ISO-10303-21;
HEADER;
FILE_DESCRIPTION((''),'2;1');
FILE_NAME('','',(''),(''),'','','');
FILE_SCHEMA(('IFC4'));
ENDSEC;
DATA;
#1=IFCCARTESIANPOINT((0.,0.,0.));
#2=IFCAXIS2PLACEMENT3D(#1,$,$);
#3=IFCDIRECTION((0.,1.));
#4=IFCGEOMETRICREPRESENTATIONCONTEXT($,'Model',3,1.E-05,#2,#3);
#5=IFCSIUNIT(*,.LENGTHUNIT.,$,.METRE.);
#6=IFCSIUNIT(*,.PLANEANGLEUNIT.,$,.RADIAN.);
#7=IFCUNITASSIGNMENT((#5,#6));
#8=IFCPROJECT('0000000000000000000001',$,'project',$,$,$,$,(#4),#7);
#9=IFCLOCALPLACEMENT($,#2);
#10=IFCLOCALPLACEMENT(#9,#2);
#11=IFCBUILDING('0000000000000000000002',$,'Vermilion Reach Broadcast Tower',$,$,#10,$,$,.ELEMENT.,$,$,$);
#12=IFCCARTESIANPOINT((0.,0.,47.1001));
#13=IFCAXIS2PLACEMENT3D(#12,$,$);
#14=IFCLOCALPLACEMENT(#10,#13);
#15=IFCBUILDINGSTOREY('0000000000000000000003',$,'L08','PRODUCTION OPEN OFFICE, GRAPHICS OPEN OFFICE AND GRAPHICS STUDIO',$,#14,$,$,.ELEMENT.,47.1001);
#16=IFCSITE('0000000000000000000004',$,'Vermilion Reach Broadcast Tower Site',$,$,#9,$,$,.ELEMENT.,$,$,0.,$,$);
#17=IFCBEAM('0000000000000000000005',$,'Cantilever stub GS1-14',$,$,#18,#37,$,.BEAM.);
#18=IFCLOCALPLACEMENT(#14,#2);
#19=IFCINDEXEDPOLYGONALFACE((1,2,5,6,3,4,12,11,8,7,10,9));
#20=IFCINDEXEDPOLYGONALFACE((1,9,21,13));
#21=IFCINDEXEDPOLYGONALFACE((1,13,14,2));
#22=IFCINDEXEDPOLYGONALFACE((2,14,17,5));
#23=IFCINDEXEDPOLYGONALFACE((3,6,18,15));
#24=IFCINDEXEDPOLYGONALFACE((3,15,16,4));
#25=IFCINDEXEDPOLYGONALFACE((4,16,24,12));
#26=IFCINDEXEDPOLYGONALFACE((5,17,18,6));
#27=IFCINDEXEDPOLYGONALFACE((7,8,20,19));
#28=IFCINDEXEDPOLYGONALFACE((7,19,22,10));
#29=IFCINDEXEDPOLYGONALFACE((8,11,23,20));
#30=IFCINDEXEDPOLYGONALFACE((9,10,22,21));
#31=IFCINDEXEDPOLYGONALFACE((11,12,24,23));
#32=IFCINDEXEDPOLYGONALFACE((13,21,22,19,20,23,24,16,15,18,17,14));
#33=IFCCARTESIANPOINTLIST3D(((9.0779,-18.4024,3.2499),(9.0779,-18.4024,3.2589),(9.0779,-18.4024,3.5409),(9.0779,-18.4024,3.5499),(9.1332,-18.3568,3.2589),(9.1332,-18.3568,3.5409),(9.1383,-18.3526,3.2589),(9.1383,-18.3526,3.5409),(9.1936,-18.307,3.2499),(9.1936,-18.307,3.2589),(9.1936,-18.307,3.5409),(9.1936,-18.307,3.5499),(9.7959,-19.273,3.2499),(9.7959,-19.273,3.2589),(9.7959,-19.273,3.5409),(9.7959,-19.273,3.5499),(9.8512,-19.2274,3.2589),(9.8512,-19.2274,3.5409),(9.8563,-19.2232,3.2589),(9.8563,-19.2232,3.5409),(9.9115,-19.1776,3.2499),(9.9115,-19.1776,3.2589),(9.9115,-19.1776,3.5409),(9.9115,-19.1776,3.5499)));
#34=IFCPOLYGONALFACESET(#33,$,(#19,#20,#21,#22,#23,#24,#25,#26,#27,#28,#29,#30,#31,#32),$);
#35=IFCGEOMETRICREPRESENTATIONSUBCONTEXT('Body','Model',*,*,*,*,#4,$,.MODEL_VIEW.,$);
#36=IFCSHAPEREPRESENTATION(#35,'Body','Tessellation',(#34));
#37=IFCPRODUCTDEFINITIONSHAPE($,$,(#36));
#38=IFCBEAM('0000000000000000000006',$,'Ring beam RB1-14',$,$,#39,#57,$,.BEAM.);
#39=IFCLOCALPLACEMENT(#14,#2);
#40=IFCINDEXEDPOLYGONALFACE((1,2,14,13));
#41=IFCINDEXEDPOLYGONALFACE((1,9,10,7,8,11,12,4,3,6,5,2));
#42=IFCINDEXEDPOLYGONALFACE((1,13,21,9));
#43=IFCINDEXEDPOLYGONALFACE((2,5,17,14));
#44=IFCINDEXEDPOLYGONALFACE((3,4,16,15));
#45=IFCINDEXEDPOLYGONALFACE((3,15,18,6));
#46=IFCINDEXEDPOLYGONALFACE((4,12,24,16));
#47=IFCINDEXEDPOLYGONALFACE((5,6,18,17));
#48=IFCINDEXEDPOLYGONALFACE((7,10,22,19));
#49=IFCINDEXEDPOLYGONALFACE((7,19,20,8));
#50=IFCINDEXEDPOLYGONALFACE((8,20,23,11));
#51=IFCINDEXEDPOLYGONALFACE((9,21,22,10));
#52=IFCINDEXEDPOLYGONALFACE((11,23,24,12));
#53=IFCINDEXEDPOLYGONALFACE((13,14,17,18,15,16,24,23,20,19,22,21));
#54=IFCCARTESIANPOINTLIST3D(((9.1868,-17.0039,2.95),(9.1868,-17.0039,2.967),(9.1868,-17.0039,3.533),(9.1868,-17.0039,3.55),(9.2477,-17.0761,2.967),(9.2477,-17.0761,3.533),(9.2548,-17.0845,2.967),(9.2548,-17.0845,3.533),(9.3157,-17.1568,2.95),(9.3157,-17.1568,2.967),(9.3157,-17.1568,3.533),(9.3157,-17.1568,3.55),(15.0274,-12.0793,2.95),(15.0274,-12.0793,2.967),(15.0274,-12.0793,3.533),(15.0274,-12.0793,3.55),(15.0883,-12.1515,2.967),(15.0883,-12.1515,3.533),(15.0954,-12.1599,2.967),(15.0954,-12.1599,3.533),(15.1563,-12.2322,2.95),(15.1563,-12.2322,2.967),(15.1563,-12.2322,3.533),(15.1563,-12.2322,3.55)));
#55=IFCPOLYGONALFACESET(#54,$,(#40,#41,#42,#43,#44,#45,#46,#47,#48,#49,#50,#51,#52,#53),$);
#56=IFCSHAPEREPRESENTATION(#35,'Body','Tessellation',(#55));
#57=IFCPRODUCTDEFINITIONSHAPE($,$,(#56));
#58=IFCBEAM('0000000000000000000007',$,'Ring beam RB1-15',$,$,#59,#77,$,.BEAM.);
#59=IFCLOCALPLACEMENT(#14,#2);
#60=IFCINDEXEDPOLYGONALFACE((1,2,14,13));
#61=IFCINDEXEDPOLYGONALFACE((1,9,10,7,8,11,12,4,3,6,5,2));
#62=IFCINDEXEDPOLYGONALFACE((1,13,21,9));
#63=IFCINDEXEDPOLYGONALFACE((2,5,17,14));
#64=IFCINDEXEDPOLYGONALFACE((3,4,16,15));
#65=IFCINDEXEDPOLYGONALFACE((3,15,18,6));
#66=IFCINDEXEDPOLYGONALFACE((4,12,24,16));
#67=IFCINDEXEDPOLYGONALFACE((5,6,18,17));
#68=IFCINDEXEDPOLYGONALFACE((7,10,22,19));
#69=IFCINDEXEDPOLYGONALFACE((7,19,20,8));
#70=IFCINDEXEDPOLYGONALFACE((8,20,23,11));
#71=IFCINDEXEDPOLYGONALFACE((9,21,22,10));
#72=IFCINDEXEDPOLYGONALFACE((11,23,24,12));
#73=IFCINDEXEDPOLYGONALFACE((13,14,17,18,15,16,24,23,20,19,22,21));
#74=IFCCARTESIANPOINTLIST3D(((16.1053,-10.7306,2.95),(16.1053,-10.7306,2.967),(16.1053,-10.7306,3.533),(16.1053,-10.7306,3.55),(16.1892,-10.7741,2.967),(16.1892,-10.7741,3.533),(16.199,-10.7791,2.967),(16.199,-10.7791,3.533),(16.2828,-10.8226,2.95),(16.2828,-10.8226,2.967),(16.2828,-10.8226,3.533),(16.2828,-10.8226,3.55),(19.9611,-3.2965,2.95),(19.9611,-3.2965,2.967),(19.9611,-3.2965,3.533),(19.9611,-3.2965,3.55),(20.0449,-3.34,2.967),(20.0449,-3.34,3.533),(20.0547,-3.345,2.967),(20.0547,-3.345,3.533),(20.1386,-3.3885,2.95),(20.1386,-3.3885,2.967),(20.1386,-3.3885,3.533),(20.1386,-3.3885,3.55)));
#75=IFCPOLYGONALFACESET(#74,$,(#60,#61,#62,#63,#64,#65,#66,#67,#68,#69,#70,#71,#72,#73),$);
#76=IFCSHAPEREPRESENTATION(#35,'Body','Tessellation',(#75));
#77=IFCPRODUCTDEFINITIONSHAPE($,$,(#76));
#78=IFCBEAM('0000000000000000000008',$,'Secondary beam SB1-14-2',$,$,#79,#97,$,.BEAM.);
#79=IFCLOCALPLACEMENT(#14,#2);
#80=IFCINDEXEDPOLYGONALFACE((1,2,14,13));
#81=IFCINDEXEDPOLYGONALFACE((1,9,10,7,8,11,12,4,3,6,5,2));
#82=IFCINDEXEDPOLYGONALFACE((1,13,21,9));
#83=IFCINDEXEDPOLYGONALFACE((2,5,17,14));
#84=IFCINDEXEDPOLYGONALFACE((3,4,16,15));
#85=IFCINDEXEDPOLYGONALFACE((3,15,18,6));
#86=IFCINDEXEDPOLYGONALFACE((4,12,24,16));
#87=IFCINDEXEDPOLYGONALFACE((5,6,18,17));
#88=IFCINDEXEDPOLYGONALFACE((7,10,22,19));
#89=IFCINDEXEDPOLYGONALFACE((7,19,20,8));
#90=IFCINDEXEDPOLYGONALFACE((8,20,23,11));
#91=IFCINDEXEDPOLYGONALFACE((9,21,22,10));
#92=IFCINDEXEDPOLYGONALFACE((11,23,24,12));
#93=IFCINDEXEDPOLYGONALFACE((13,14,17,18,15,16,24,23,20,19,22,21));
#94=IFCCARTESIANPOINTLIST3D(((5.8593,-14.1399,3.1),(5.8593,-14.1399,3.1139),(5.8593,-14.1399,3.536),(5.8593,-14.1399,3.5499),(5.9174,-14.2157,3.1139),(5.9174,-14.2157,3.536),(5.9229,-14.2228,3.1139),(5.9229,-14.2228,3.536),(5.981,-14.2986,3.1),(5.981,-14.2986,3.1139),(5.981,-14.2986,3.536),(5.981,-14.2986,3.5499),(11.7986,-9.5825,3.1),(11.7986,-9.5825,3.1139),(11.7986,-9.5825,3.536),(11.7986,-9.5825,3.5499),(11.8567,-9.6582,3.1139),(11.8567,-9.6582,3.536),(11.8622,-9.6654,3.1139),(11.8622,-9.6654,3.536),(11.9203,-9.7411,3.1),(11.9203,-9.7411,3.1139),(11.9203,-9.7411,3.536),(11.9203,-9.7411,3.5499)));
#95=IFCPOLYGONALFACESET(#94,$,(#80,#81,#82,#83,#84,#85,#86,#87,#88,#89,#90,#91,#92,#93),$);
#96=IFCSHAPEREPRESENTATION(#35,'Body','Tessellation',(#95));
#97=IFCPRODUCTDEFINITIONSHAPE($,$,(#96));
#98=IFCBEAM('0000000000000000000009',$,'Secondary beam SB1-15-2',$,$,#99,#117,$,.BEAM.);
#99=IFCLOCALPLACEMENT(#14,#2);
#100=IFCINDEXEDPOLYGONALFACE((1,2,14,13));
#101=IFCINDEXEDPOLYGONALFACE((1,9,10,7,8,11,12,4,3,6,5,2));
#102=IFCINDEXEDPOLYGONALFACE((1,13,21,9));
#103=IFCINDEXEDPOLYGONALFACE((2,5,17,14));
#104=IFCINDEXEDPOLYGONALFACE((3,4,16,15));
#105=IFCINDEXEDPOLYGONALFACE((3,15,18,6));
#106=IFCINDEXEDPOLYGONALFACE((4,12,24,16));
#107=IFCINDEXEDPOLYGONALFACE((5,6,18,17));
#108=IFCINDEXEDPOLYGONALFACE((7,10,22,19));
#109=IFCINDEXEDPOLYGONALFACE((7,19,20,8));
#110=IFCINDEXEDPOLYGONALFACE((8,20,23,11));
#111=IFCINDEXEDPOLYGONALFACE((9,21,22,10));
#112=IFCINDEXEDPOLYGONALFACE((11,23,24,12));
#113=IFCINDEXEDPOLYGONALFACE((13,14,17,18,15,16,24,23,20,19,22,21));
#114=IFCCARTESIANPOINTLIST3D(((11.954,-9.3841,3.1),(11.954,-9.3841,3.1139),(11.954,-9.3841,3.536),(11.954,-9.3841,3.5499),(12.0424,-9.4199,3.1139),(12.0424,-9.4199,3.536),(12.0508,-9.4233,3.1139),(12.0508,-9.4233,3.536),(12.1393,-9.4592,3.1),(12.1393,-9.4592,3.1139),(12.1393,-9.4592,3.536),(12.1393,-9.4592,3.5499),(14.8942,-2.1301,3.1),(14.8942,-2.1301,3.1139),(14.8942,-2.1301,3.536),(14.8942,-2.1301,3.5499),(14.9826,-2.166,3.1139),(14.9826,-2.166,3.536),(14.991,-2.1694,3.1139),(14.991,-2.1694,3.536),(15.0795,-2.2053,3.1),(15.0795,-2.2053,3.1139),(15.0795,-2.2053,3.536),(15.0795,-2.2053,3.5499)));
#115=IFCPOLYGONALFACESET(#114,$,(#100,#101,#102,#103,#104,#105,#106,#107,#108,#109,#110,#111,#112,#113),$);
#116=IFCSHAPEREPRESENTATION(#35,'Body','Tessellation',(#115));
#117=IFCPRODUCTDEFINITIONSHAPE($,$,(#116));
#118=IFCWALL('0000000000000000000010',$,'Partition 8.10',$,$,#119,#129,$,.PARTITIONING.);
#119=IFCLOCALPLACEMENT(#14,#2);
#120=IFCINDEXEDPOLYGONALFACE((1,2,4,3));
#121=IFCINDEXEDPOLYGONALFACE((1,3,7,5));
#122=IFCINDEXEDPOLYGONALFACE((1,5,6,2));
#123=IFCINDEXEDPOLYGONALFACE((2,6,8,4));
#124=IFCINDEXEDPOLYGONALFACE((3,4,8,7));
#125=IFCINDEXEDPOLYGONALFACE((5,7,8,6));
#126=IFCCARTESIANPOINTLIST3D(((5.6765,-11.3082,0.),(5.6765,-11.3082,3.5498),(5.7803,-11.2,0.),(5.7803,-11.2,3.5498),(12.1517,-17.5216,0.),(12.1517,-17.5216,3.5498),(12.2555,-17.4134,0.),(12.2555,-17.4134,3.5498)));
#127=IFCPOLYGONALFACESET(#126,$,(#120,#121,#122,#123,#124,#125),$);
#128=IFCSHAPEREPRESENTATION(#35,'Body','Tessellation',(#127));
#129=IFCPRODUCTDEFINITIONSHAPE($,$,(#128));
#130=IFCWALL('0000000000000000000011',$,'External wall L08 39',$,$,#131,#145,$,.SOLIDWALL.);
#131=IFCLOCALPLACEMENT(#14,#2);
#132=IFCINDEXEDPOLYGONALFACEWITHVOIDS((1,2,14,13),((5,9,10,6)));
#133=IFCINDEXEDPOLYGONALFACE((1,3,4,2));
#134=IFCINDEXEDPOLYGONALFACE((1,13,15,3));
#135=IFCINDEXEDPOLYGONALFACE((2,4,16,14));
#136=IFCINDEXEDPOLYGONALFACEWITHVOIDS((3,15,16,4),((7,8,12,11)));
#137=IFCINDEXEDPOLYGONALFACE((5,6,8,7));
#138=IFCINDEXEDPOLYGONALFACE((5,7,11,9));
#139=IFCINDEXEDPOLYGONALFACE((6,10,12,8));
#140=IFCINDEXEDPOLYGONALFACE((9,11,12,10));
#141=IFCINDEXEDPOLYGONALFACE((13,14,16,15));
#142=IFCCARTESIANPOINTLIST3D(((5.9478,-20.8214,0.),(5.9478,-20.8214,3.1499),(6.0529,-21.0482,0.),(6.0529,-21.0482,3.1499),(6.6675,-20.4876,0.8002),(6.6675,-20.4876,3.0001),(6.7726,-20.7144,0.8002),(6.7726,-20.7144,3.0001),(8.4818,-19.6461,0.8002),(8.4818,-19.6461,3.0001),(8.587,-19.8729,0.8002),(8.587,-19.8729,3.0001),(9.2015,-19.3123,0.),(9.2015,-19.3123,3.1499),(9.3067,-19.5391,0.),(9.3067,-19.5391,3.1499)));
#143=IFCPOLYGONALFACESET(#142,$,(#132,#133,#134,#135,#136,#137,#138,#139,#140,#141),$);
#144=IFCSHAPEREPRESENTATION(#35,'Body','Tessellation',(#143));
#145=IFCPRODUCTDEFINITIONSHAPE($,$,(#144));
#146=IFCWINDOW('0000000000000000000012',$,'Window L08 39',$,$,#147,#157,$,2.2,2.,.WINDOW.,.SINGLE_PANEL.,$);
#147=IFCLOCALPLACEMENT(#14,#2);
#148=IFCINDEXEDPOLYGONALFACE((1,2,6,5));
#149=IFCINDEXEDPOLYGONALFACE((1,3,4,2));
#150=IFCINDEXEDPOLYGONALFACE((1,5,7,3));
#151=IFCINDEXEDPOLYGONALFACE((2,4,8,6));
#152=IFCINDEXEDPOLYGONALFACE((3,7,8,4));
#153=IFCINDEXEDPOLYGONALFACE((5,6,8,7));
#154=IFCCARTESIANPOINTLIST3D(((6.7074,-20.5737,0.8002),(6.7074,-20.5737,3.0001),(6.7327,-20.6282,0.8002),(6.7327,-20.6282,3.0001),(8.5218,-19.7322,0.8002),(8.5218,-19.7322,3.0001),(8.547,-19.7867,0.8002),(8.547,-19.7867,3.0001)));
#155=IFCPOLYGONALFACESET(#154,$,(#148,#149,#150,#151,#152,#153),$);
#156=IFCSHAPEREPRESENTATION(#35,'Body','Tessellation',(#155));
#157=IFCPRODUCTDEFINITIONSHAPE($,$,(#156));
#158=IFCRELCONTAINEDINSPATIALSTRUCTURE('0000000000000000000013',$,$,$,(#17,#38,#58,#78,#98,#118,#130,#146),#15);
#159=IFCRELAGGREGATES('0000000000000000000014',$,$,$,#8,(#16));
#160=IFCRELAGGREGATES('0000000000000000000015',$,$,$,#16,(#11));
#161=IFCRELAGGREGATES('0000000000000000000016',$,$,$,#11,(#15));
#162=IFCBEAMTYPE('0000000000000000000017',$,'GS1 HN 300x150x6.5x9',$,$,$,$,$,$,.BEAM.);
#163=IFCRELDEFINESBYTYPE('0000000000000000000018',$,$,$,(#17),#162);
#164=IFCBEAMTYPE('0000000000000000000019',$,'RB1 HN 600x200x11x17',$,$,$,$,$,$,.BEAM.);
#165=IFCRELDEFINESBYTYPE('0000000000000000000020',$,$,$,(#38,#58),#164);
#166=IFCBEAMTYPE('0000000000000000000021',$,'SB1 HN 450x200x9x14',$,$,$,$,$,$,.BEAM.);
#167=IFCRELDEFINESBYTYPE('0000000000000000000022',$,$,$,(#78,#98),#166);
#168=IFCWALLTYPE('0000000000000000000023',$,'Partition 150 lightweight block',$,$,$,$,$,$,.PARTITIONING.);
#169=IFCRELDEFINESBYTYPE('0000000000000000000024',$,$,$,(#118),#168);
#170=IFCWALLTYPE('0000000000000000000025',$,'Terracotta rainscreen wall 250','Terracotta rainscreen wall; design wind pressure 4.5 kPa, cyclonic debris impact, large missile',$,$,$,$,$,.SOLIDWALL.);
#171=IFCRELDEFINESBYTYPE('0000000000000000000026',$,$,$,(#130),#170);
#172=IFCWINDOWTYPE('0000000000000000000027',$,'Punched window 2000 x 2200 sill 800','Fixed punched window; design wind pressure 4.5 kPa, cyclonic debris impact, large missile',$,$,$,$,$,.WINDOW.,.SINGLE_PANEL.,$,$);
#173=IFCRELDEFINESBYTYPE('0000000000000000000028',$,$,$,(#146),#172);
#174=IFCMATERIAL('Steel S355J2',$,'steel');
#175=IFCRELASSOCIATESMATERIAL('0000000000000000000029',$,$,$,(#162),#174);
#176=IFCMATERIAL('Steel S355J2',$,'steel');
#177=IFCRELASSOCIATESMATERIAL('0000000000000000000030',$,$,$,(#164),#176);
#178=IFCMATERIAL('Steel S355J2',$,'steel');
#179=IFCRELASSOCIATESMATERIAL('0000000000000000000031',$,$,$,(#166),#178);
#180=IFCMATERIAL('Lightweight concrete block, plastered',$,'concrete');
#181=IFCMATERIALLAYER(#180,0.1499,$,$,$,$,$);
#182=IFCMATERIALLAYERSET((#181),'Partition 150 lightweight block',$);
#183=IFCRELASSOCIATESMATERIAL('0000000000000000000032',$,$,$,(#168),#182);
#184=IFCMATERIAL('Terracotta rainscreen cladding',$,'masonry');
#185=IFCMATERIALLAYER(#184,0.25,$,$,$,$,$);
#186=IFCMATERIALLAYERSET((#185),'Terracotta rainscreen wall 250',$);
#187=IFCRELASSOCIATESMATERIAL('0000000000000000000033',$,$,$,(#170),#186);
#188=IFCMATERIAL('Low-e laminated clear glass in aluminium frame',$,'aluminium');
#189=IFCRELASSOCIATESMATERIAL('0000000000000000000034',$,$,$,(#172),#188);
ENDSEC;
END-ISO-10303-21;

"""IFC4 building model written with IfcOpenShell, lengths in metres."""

from ifc_helpers import new_model, si_unit, direction, frame, frame_2d, origin, origin_2d, place, context, subcontext, project, spatial, rectangle, i_section, extrude, material, layer, layer_set, material_profile, profile_set, type_object, element, fill, save


model = new_model("IFC4")

# Units and contexts
model_context = context("Model", 3, precision=1e-05, world=origin(), true_north=direction((0.0, 1.0)))
body_context = subcontext(model_context, "Body", "Model", "MODEL_VIEW")
ifc_project = project(units=[si_unit("LENGTHUNIT", "METRE"), si_unit("PLANEANGLEUNIT", "RADIAN")], contexts=[model_context])

# Site, building, storey
site_placement = place(None, origin())
site = spatial("IfcSite", under=ifc_project, at=site_placement, Name="Vermilion Reach Broadcast Tower Site", CompositionType="ELEMENT", RefElevation=0.0)
building_placement = place(site_placement, origin())
building = spatial("IfcBuilding", under=site, at=building_placement, Name="Vermilion Reach Broadcast Tower", CompositionType="ELEMENT")
storey_placement = place(building_placement, frame((0.0, 0.0, 47.1001)))
storey = spatial("IfcBuildingStorey", under=building, at=storey_placement, Name="L08", Description="PRODUCTION OPEN OFFICE, GRAPHICS OPEN OFFICE AND GRAPHICS STUDIO", CompositionType="ELEMENT", Elevation=47.1001)

# Beams
ifc_material_1 = material(Name="Steel S355J2", Category="steel")
ifc_material_profile_1 = material_profile(ifc_material_1, i_section(OverallWidth=0.1499, OverallDepth=0.3, WebThickness=0.0066, FlangeThickness=0.009, at=origin_2d()), Name="S355J2 HN 300x150x6.5x9")
ifc_profile_set_1 = profile_set([ifc_material_profile_1], Name="Steel S355J2")
beam_type_1 = type_object("IfcBeamType", Name="GS1 HN 300x150x6.5x9", PredefinedType="BEAM", material=ifc_profile_set_1)
beam_1_placement = place(storey_placement, frame((9.1357, -18.3547, 3.3999), z_axis=(0.636261, -0.771474, 0.0), x_axis=(0.771474, 0.636261, 0.0)))
element("IfcBeam", 1, at=beam_1_placement, inside=storey, type_object=beam_type_1, Name="Cantilever stub GS1-14", PredefinedType="BEAM", context=body_context, shape_type="SweptSolid", body=[
    extrude(i_section(OverallWidth=0.1499, OverallDepth=0.3, WebThickness=0.0066, FlangeThickness=0.009, at=origin_2d()), origin(), (0.0, 0.0, 1.0), 1.1284),
])
ifc_material_2 = material(Name="Steel S355J2", Category="steel")
ifc_material_profile_2 = material_profile(ifc_material_2, i_section(OverallWidth=0.2, OverallDepth=0.6001, WebThickness=0.011, FlangeThickness=0.0171, at=origin_2d()), Name="S355J2 HN 600x200x11x17")
ifc_profile_set_2 = profile_set([ifc_material_profile_2], Name="Steel S355J2")
beam_type_2 = type_object("IfcBeamType", Name="RB1 HN 600x200x11x17", PredefinedType="BEAM", material=ifc_profile_set_2)
beam_2_placement = place(storey_placement, frame((9.2512, -17.0803, 3.25), z_axis=(0.764512, 0.644609, 0.0), x_axis=(-0.644609, 0.764512, 0.0)))
element("IfcBeam", 2, at=beam_2_placement, inside=storey, type_object=beam_type_2, Name="Ring beam RB1-14", PredefinedType="BEAM", context=body_context, shape_type="SweptSolid", body=[
    extrude(i_section(OverallWidth=0.2, OverallDepth=0.6001, WebThickness=0.011, FlangeThickness=0.0171, at=origin_2d()), origin(), (0.0, 0.0, 1.0), 7.6396),
])
beam_3_placement = place(storey_placement, frame((16.1941, -10.7766, 3.25), z_axis=(0.460412, 0.887706, 0.0), x_axis=(-0.887706, 0.460412, 0.0)))
element("IfcBeam", 3, at=beam_3_placement, inside=storey, type_object=beam_type_2, Name="Ring beam RB1-15", PredefinedType="BEAM", context=body_context, shape_type="SweptSolid", body=[
    extrude(i_section(OverallWidth=0.2, OverallDepth=0.6001, WebThickness=0.011, FlangeThickness=0.0171, at=origin_2d()), origin(), (0.0, 0.0, 1.0), 8.3745),
])
ifc_material_3 = material(Name="Steel S355J2", Category="steel")
ifc_material_profile_3 = material_profile(ifc_material_3, i_section(OverallWidth=0.2, OverallDepth=0.45, WebThickness=0.009, FlangeThickness=0.0139, at=origin_2d()), Name="S355J2 HN 450x200x9x14")
ifc_profile_set_3 = profile_set([ifc_material_profile_3], Name="Steel S355J2")
beam_type_3 = type_object("IfcBeamType", Name="SB1 HN 450x200x9x14", PredefinedType="BEAM", material=ifc_profile_set_3)
beam_4_placement = place(storey_placement, frame((5.9202, -14.2192, 3.325), z_axis=(0.79335, 0.608766, 0.0), x_axis=(-0.608766, 0.79335, 0.0)))
element("IfcBeam", 4, at=beam_4_placement, inside=storey, type_object=beam_type_3, Name="Secondary beam SB1-14-2", PredefinedType="BEAM", context=body_context, shape_type="SweptSolid", body=[
    extrude(i_section(OverallWidth=0.2, OverallDepth=0.45, WebThickness=0.009, FlangeThickness=0.0139, at=origin_2d()), origin(), (0.0, 0.0, 1.0), 7.4863),
])
beam_5_placement = place(storey_placement, frame((12.0466, -9.4216, 3.325), z_axis=(0.375641, 0.926765, 0.0), x_axis=(-0.926765, 0.375641, 0.0)))
element("IfcBeam", 5, at=beam_5_placement, inside=storey, type_object=beam_type_3, Name="Secondary beam SB1-15-2", PredefinedType="BEAM", context=body_context, shape_type="SweptSolid", body=[
    extrude(i_section(OverallWidth=0.2, OverallDepth=0.45, WebThickness=0.009, FlangeThickness=0.0139, at=origin_2d()), origin(), (0.0, 0.0, 1.0), 7.8271),
])

# Wall
ifc_material_4 = material(Name="Lightweight concrete block, plastered", Category="concrete")
ifc_layer_1 = layer(ifc_material_4, 0.1499)
ifc_layer_set_1 = layer_set([ifc_layer_1], Name="Partition 150 lightweight block")
wall_type_1 = type_object("IfcWallType", Name="Partition 150 lightweight block", PredefinedType="PARTITIONING", material=ifc_layer_set_1)
wall_1_placement = place(storey_placement, frame((12.2036, -17.4675, 0.0), z_axis=(0.0, 0.0, 1.0), x_axis=(-0.721538, 0.692374, 0.0)))
element("IfcWall", 6, at=wall_1_placement, inside=storey, type_object=wall_type_1, Name="Partition 8.10", PredefinedType="PARTITIONING", context=body_context, shape_type="SweptSolid", body=[
    extrude(rectangle(XDim=8.9741, YDim=0.1499, at=frame_2d((4.4871, 0.0))), origin(), (0.0, 0.0, 1.0), 3.5498),
])

# Wall, opening, window
ifc_material_5 = material(Name="Terracotta rainscreen cladding", Category="masonry")
ifc_layer_2 = layer(ifc_material_5, 0.25)
ifc_layer_set_2 = layer_set([ifc_layer_2], Name="Terracotta rainscreen wall 250")
wall_type_2 = type_object("IfcWallType", Name="Terracotta rainscreen wall 250", Description="Terracotta rainscreen wall; design wind pressure 4.5 kPa, cyclonic debris impact, large missile", PredefinedType="SOLIDWALL", material=ifc_layer_set_2)
wall_2_placement = place(storey_placement, frame((6.0002, -20.9348, 0.0), z_axis=(0.0, 0.0, 1.0), x_axis=(0.907179, 0.420745, 0.0)))
wall_2 = element("IfcWall", 7, at=wall_2_placement, inside=storey, type_object=wall_type_2, Name="External wall L08 39", PredefinedType="SOLIDWALL", context=body_context, shape_type="SweptSolid", body=[
    extrude(rectangle(XDim=3.5867, YDim=0.25, at=frame_2d((1.7935, 0.0))), origin(), (0.0, 0.0, 1.0), 3.1499),
])
opening_1_placement = place(wall_2_placement, frame((0.7935, 0.0, 0.8)))
opening_1 = element("IfcOpeningElement", 8, at=opening_1_placement, cuts=wall_2, PredefinedType="OPENING", context=body_context, shape_type="SweptSolid", body=[
    extrude(rectangle(XDim=2.0, YDim=2.2, at=frame_2d((1.0, 1.1001))), frame((0.0, 0.135, 0.0), z_axis=(0.0, -1.0, 0.0), x_axis=(1.0, 0.0, 0.0)), (0.0, 0.0, 1.0), 0.27),
])
ifc_material_6 = material(Name="Low-e laminated clear glass in aluminium frame", Category="aluminium")
window_type = type_object("IfcWindowType", Name="Punched window 2000 x 2200 sill 800", Description="Fixed punched window; design wind pressure 4.5 kPa, cyclonic debris impact, large missile", PartitioningType="SINGLE_PANEL", PredefinedType="WINDOW", material=ifc_material_6)
window_1_placement = place(opening_1_placement, origin())
window_1 = element("IfcWindow", 9, at=window_1_placement, inside=storey, type_object=window_type, Name="Window L08 39", OverallHeight=2.2, OverallWidth=2.0, PartitioningType="SINGLE_PANEL", PredefinedType="WINDOW", context=body_context, shape_type="SweptSolid", body=[
    extrude(rectangle(XDim=2.0, YDim=2.2, at=frame_2d((1.0, 1.1001))), frame((0.0, 0.03, 0.0), z_axis=(0.0, -1.0, 0.0), x_axis=(1.0, 0.0, 0.0)), (0.0, 0.0, 1.0), 0.0601),
])
fill(opening_1, window_1)

save(model, "model.ifc")
